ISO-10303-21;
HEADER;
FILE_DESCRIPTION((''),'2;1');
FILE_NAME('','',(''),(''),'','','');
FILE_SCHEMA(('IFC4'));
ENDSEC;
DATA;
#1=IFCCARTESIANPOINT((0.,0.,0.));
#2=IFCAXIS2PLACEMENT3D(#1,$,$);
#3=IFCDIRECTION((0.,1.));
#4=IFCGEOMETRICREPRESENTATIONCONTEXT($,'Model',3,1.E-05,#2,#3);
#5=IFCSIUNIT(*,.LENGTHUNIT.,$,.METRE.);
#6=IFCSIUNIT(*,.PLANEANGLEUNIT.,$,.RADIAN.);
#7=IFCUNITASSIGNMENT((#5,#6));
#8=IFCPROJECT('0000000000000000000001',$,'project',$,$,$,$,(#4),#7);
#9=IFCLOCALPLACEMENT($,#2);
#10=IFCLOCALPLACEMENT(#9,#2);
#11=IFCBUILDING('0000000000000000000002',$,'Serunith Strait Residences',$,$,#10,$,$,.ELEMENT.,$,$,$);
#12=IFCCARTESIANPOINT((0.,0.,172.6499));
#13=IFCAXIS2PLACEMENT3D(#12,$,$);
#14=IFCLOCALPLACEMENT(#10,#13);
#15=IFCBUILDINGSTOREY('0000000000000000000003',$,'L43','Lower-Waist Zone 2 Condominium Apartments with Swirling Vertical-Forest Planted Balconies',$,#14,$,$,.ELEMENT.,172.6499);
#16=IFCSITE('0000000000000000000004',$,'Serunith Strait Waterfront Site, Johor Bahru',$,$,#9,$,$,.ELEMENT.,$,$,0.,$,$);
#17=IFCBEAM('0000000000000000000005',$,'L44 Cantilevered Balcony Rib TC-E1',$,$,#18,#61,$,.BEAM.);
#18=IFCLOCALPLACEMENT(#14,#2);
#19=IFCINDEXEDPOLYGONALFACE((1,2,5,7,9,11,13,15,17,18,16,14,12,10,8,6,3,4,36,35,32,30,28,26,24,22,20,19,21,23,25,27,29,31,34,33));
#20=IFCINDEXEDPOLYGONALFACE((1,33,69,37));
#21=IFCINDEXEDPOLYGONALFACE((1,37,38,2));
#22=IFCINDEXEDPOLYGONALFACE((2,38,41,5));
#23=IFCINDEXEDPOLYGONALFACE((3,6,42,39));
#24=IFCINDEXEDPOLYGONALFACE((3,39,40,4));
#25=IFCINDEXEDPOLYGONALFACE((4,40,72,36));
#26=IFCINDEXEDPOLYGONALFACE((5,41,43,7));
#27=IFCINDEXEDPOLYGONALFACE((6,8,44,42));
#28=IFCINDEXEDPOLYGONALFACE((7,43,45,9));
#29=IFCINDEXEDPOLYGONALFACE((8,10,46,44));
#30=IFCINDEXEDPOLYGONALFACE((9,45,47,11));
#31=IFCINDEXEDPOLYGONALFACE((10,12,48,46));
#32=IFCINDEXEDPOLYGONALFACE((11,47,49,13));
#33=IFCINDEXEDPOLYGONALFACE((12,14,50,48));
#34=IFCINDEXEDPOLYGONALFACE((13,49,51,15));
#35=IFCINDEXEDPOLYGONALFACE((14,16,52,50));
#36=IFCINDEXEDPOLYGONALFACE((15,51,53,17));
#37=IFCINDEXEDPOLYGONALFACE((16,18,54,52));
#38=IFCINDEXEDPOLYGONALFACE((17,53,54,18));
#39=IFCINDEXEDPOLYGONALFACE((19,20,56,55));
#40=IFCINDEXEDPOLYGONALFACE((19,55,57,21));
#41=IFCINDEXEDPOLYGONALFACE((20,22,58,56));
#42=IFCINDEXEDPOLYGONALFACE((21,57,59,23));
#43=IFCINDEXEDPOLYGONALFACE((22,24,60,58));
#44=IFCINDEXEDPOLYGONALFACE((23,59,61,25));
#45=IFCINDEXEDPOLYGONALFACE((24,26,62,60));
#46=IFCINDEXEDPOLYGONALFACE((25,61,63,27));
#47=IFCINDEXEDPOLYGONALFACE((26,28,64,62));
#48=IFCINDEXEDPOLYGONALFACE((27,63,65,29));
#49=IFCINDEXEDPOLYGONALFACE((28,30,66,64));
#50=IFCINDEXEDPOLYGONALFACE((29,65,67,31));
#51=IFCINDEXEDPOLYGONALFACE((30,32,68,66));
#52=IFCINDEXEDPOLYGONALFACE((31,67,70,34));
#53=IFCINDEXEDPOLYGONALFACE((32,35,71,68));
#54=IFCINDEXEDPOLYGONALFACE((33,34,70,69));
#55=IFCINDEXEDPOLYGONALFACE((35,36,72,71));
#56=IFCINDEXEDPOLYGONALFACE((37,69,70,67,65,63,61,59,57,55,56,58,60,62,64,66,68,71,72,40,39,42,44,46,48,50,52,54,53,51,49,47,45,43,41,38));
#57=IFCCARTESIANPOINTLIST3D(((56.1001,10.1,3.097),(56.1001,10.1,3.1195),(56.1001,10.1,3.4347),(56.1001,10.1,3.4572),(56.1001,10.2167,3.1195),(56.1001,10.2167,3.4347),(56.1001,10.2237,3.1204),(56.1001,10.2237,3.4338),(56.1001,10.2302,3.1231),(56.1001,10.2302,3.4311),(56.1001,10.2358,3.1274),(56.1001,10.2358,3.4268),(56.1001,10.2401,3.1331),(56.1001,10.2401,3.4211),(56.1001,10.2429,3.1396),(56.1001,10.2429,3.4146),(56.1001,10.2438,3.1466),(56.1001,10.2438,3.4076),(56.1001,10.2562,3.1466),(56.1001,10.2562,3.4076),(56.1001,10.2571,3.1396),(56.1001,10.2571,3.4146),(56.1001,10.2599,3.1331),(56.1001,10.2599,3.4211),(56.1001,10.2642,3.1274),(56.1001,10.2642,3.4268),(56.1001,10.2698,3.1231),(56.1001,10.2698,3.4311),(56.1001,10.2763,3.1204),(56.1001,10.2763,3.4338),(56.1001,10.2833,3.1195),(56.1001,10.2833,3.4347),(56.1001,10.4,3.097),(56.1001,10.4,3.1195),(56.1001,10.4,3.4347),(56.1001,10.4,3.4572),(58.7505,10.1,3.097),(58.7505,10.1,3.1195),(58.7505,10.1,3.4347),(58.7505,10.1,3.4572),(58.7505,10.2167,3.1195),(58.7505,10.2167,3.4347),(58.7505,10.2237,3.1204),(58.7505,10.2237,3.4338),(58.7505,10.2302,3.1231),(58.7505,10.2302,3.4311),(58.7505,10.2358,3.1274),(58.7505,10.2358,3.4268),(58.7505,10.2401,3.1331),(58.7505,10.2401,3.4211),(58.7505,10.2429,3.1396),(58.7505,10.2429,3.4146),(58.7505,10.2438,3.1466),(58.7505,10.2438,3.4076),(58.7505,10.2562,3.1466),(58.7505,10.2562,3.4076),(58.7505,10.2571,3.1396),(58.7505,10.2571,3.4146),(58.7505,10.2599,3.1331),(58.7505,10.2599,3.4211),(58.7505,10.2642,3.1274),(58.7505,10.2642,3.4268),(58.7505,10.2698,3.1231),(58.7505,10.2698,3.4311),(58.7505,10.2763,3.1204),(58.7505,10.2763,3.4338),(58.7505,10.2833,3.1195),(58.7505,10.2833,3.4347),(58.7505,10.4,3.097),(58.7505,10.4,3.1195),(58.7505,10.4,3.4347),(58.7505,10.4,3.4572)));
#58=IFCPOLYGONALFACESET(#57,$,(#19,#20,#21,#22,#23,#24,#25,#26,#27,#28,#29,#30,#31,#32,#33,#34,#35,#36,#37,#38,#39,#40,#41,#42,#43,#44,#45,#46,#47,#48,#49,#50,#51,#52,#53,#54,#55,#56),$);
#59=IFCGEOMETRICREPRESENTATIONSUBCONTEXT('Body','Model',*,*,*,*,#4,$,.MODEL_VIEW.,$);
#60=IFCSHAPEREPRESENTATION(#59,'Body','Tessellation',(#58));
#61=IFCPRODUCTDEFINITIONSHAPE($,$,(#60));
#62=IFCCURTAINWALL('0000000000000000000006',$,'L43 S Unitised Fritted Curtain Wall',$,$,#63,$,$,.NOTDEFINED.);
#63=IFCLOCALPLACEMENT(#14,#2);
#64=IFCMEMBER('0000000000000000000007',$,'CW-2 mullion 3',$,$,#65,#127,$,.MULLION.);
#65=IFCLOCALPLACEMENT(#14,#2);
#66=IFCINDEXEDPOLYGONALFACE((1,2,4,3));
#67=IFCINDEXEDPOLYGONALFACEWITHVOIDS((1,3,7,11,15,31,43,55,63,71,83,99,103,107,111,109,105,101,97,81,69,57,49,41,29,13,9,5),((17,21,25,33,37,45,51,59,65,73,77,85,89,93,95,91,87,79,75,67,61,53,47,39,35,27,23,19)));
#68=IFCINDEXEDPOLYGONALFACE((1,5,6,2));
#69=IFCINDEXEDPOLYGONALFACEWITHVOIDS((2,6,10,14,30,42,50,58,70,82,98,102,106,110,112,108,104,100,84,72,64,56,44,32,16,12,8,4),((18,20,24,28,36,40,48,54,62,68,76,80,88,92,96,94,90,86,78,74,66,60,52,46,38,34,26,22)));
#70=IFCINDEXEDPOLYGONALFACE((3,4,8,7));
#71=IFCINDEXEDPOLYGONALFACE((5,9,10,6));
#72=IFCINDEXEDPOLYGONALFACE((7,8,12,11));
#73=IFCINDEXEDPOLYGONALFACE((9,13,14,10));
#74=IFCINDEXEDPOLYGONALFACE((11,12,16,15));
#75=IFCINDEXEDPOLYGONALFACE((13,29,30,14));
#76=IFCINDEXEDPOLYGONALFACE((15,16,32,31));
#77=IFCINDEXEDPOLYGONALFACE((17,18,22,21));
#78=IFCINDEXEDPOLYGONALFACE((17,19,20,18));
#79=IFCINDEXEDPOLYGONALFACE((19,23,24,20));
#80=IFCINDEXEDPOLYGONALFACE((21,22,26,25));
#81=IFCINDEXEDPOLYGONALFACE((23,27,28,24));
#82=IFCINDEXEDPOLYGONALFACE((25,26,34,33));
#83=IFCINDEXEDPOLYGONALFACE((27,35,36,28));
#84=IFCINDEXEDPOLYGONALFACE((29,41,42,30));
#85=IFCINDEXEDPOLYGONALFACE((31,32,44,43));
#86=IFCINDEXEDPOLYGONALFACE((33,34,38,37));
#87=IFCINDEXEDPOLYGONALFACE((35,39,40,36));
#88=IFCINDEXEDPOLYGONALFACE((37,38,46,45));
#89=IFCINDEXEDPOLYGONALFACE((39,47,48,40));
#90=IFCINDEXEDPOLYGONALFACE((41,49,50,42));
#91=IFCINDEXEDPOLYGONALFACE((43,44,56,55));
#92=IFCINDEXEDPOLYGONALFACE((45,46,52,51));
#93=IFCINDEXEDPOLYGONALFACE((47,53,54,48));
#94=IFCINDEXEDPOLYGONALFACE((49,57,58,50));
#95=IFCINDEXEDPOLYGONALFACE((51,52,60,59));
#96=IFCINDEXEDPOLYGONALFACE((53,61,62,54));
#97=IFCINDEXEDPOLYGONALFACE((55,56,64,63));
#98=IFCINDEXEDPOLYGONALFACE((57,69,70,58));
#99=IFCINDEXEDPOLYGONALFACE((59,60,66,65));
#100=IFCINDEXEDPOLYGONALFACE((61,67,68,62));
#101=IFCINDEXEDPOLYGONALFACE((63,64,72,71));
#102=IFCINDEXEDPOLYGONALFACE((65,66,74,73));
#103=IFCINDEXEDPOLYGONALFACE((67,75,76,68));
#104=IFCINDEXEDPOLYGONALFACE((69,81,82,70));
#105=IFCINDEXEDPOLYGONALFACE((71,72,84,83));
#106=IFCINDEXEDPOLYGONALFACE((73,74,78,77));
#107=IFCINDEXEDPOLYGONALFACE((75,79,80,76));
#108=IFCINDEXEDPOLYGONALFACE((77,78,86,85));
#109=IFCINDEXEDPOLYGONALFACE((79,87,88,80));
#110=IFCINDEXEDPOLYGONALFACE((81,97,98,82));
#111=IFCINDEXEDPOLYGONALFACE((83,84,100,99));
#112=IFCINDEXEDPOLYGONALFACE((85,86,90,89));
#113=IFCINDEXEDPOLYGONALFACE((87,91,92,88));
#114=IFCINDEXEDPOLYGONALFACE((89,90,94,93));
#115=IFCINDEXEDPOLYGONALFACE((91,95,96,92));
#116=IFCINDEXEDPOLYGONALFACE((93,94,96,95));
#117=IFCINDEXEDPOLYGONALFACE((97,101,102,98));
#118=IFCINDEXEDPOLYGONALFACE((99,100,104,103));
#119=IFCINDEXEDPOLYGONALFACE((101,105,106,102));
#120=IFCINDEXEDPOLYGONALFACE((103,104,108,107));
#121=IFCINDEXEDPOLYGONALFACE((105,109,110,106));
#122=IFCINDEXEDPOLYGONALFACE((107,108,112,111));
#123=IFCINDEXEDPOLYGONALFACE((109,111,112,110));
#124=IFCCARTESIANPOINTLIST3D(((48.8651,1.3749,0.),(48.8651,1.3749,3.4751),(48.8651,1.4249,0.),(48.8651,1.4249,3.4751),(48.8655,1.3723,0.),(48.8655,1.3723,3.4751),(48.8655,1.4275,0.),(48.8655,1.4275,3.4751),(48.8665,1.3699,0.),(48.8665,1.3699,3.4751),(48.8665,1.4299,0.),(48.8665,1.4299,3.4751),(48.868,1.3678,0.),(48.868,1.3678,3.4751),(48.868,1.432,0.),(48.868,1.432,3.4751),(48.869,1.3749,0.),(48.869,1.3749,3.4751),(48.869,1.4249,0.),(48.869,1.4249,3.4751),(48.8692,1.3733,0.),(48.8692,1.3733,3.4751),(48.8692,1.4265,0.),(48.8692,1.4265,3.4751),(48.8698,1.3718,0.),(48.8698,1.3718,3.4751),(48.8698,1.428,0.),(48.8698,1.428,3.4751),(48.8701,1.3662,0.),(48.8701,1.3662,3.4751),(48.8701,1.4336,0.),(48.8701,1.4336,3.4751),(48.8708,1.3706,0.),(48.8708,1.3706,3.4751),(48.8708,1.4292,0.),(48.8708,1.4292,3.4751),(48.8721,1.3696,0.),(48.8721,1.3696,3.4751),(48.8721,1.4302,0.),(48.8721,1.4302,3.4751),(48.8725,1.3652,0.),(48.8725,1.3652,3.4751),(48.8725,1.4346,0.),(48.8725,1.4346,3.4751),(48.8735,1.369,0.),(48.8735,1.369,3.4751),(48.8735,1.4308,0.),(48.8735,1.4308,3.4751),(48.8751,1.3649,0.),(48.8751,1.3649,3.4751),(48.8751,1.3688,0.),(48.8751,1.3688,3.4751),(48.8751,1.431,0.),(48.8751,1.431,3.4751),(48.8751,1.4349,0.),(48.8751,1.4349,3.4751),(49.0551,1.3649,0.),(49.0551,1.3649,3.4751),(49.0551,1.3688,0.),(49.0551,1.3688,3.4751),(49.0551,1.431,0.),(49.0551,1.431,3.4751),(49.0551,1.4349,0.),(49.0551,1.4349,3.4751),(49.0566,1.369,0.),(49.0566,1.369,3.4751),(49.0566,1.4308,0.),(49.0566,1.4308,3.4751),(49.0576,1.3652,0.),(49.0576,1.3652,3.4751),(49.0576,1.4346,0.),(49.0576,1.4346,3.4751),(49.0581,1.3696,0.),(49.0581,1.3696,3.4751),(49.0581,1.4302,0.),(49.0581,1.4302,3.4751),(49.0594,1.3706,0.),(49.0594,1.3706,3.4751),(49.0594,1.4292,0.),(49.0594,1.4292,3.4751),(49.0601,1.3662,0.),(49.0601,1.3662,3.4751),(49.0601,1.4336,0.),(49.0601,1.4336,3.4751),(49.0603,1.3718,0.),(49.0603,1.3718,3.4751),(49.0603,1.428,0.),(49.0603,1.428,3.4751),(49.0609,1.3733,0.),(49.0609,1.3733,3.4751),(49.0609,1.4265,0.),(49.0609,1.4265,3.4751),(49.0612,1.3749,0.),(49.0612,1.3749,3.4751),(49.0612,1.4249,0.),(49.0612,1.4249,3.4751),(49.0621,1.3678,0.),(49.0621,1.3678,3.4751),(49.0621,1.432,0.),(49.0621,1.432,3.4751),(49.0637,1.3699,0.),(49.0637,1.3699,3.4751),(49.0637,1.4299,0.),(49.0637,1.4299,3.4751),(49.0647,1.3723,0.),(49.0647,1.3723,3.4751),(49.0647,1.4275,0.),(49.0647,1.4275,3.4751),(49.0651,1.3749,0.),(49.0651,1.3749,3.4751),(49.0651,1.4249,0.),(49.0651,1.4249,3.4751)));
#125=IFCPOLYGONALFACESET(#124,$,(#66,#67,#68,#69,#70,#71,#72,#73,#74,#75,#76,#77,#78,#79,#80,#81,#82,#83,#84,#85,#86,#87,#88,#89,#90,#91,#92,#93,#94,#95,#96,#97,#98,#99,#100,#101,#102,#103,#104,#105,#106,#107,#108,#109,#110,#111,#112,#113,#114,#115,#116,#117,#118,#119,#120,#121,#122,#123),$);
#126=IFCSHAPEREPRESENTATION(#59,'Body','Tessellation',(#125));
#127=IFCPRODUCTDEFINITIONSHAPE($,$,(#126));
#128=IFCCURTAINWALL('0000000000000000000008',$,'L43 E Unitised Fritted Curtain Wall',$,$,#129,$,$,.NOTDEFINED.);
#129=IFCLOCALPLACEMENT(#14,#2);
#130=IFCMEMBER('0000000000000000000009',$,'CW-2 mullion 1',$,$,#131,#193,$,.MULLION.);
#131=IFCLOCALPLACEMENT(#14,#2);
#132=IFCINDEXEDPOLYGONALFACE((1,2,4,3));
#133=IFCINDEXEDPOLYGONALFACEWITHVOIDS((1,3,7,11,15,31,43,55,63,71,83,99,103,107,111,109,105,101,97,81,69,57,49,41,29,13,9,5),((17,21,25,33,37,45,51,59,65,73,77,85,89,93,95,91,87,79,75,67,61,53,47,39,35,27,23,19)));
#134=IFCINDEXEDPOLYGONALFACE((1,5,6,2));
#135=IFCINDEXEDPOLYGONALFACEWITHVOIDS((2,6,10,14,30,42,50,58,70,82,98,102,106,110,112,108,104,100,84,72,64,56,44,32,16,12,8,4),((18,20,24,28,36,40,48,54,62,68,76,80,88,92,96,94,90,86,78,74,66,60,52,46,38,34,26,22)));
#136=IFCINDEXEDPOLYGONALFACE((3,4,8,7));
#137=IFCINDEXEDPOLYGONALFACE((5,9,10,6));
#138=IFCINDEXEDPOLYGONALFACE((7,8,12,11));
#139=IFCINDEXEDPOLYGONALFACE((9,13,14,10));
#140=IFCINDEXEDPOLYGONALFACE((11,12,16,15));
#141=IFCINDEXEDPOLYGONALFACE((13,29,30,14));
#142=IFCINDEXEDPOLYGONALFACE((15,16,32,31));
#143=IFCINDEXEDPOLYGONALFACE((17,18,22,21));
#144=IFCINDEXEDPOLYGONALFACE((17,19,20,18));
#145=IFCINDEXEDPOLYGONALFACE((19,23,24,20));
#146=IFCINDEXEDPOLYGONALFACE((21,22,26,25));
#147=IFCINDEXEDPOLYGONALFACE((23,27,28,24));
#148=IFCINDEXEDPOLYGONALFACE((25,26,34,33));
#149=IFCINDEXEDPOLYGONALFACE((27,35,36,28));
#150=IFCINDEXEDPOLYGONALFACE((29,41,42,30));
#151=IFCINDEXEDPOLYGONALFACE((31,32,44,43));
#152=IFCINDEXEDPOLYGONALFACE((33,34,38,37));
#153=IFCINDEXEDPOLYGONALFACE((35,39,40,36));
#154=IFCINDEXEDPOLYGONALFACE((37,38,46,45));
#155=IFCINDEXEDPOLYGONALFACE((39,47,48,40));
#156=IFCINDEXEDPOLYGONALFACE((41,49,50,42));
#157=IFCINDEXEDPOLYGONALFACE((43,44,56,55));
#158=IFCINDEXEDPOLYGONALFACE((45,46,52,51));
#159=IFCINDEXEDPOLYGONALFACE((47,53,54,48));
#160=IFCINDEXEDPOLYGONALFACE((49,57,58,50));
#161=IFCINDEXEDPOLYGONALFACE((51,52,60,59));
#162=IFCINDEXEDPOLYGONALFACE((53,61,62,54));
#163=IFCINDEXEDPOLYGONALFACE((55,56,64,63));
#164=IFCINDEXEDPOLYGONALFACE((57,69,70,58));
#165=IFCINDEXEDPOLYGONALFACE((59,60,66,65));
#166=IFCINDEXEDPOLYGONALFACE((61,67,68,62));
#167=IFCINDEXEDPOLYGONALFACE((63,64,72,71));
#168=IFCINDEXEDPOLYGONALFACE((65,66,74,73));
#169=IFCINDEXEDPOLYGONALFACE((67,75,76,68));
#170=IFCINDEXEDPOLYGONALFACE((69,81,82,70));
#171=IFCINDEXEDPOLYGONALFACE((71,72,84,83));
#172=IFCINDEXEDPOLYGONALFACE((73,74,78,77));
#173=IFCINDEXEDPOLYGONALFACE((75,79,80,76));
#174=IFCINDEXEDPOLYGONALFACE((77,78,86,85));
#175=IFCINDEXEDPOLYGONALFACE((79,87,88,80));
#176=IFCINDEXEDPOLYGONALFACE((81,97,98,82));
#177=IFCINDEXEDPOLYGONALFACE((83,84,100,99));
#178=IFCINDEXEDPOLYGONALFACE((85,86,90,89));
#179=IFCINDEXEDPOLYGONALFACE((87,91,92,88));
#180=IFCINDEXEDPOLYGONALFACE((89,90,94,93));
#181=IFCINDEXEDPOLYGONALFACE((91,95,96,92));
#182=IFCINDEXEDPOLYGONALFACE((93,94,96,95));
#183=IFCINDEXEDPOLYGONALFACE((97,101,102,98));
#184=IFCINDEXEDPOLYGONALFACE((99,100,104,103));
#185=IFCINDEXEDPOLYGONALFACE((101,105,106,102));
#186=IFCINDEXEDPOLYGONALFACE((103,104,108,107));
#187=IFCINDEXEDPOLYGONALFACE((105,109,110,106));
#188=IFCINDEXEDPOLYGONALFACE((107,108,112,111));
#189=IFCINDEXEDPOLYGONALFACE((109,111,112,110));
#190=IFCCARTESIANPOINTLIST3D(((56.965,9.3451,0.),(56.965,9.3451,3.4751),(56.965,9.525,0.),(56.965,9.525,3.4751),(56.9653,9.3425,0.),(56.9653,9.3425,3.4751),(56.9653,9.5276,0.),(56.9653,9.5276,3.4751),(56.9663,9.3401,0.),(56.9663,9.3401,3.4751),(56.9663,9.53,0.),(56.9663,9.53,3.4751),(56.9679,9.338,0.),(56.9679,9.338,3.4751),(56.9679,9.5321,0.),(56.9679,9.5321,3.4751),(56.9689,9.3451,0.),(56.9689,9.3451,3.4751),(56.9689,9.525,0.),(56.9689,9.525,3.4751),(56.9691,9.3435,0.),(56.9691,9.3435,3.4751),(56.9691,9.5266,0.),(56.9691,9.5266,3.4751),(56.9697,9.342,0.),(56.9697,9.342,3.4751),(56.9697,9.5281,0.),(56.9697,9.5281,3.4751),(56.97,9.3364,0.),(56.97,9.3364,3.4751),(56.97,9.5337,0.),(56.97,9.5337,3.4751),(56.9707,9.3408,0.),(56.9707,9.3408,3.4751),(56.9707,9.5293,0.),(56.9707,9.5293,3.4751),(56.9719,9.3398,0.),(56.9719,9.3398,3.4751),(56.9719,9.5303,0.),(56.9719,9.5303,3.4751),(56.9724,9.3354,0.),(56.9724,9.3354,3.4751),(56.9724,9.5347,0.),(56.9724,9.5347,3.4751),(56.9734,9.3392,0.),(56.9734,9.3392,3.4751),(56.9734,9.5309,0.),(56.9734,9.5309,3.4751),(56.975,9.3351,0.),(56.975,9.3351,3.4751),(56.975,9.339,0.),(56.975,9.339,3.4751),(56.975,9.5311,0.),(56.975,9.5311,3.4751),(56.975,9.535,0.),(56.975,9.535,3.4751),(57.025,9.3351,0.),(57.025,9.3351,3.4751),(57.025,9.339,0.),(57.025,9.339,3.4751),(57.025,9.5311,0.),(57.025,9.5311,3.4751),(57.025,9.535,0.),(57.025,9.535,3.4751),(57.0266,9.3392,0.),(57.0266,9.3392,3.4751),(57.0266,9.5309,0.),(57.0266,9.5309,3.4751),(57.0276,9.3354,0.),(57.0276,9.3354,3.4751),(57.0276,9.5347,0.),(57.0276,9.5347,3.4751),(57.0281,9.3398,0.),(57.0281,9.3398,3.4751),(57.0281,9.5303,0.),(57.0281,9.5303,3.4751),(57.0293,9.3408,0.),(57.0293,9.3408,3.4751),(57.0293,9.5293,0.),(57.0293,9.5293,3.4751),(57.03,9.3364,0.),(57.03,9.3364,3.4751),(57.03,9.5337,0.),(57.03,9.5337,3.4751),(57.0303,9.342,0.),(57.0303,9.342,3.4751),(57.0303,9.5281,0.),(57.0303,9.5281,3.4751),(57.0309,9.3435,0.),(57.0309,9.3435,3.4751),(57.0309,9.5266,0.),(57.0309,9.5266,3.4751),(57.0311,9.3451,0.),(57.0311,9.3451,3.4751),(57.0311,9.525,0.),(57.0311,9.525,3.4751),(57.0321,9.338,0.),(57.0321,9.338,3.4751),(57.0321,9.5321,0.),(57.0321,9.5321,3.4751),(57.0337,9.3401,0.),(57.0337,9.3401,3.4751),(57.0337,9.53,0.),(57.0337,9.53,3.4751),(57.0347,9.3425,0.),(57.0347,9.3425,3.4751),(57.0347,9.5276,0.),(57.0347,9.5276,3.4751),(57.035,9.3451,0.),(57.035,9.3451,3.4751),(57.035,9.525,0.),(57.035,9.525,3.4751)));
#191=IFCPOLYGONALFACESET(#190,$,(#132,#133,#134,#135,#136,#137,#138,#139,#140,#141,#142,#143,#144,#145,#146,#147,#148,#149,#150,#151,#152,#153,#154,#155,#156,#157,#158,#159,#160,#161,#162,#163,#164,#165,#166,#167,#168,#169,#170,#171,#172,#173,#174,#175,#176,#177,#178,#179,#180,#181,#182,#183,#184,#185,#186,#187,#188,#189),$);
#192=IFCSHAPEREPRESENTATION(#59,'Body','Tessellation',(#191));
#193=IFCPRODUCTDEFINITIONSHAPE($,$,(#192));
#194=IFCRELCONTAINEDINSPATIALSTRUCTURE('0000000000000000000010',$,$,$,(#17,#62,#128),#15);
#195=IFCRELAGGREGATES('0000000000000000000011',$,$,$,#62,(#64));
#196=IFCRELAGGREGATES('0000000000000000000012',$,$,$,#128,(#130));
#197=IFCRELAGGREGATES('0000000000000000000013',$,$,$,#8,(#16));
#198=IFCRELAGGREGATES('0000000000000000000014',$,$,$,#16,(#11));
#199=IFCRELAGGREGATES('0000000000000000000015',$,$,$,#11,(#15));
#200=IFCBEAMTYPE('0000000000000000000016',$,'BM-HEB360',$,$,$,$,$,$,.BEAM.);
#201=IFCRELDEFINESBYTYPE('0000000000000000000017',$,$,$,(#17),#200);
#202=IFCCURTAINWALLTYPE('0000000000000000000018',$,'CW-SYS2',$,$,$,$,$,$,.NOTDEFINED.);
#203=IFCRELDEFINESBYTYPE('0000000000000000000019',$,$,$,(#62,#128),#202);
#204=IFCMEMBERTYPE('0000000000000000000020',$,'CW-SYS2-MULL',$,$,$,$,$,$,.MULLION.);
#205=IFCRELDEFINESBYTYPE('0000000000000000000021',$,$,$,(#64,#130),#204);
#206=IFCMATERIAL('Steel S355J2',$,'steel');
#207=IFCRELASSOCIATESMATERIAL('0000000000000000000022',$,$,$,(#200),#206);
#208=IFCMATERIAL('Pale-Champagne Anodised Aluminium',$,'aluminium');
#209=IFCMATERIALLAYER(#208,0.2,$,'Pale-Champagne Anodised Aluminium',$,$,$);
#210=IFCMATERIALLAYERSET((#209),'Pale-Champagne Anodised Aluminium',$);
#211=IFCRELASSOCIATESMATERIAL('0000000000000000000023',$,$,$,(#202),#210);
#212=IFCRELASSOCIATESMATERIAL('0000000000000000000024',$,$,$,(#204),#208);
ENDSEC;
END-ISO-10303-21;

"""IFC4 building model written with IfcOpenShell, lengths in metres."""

from ifc_helpers import new_model, si_unit, direction, frame, origin, origin_2d, place, context, subcontext, project, spatial, hollow_rectangle, i_section, extrude, source, transform, mapped, material, layer, layer_set, material_profile, profile_set, type_object, element, aggregate, save


model = new_model("IFC4")

# Units and contexts
model_context = context("Model", 3, precision=1e-05, world=origin(), true_north=direction((0.0, 1.0)))
body_context = subcontext(model_context, "Body", "Model", "MODEL_VIEW")
ifc_project = project(units=[si_unit("LENGTHUNIT", "METRE"), si_unit("PLANEANGLEUNIT", "RADIAN")], contexts=[model_context])

# Site, building, storey
site_placement = place(None, origin())
site = spatial("IfcSite", under=ifc_project, at=site_placement, Name="Serunith Strait Waterfront Site, Johor Bahru", CompositionType="ELEMENT", RefElevation=0.0)
building_placement = place(site_placement, origin())
building = spatial("IfcBuilding", under=site, at=building_placement, Name="Serunith Strait Residences", CompositionType="ELEMENT")
storey_placement = place(building_placement, frame((0.0, 0.0, 172.6499)))
storey = spatial("IfcBuildingStorey", under=building, at=storey_placement, Name="L43", Description="Lower-Waist Zone 2 Condominium Apartments with Swirling Vertical-Forest Planted Balconies", CompositionType="ELEMENT", Elevation=172.6499)

# Beam
ifc_material_1 = material(Name="Steel S355J2", Category="steel")
ifc_material_profile_1 = material_profile(ifc_material_1, i_section(OverallWidth=0.3, OverallDepth=0.3601, WebThickness=0.0125, FlangeThickness=0.0225, FilletRadius=0.0271, at=origin_2d()), Name="HEB 360")
ifc_profile_set_1 = profile_set([ifc_material_profile_1], Name="Steel S355J2")
beam_type_1 = type_object("IfcBeamType", Name="BM-HEB360", PredefinedType="BEAM", material=ifc_profile_set_1)
shared_shape_1 = source(origin(), body_context, "Body", "SweptSolid", [
    extrude(i_section(OverallWidth=0.3, OverallDepth=0.3601, WebThickness=0.0125, FlangeThickness=0.0225, FilletRadius=0.0271, at=origin_2d()), origin(), (0.0, 0.0, 1.0), 2.6504),
])
beam_1_placement = place(storey_placement, frame((56.1001, 10.25, 3.2771), z_axis=(1.0, 0.0, 0.0), x_axis=(0.0, 1.0, 0.0)))
element("IfcBeam", 1, at=beam_1_placement, inside=storey, type_object=beam_type_1, Name="L44 Cantilevered Balcony Rib TC-E1", PredefinedType="BEAM", context=body_context, shape_type="MappedRepresentation", body=[
    mapped(shared_shape_1, transform((0.0, 0.0, 0.0), scale=1.0)),
])

# Curtain wall, member
ifc_material_2 = material(Name="Pale-Champagne Anodised Aluminium", Category="aluminium")
ifc_layer_1 = layer(ifc_material_2, 0.2, Name="Pale-Champagne Anodised Aluminium")
ifc_layer_set_1 = layer_set([ifc_layer_1], Name="Pale-Champagne Anodised Aluminium")
curtain_wall_type = type_object("IfcCurtainWallType", Name="CW-SYS2", PredefinedType="NOTDEFINED", material=ifc_layer_set_1)
curtain_wall_1_placement = place(storey_placement, origin())
curtain_wall_1 = element("IfcCurtainWall", 2, at=curtain_wall_1_placement, inside=storey, type_object=curtain_wall_type, Name="L43 S Unitised Fritted Curtain Wall", PredefinedType="NOTDEFINED")
ifc_material_profile_2 = material_profile(ifc_material_2, hollow_rectangle(XDim=0.0701, YDim=0.2, WallThickness=0.0039, InnerFilletRadius=0.0061, OuterFilletRadius=0.01, at=origin_2d()), Name="ALU 200x70x4")
ifc_profile_set_2 = profile_set([ifc_material_profile_2], Name="Pale-Champagne Anodised Aluminium")
member_type_1 = type_object("IfcMemberType", Name="CW-SYS2-MULL", PredefinedType="MULLION", material=ifc_profile_set_2)
shared_shape_2 = source(origin(), body_context, "Body", "SweptSolid", [
    extrude(hollow_rectangle(XDim=0.0701, YDim=0.2, WallThickness=0.0039, InnerFilletRadius=0.0061, OuterFilletRadius=0.01, at=origin_2d()), origin(), (0.0, 0.0, 1.0), 3.4751),
])
member_1_placement = place(storey_placement, frame((48.9651, 1.3999, 0.0), z_axis=(0.0, 0.0, 1.0), x_axis=(0.0, 1.0, 0.0)))
member_1 = element("IfcMember", 3, at=member_1_placement, type_object=member_type_1, Name="CW-2 mullion 3", PredefinedType="MULLION", context=body_context, shape_type="MappedRepresentation", body=[
    mapped(shared_shape_2, transform((0.0, 0.0, 0.0), scale=1.0)),
])
aggregate(curtain_wall_1, [member_1])

# Curtain wall, member
curtain_wall_2_placement = place(storey_placement, origin())
curtain_wall_2 = element("IfcCurtainWall", 4, at=curtain_wall_2_placement, inside=storey, type_object=curtain_wall_type, Name="L43 E Unitised Fritted Curtain Wall", PredefinedType="NOTDEFINED")
member_2_placement = place(storey_placement, frame((57.0, 9.4351, 0.0), z_axis=(0.0, 0.0, 1.0), x_axis=(-1.0, 0.0, 0.0)))
member_2 = element("IfcMember", 5, at=member_2_placement, type_object=member_type_1, Name="CW-2 mullion 1", PredefinedType="MULLION", context=body_context, shape_type="MappedRepresentation", body=[
    mapped(shared_shape_2, transform((0.0, 0.0, 0.0), scale=1.0)),
])
aggregate(curtain_wall_2, [member_2])

save(model, "model.ifc")
